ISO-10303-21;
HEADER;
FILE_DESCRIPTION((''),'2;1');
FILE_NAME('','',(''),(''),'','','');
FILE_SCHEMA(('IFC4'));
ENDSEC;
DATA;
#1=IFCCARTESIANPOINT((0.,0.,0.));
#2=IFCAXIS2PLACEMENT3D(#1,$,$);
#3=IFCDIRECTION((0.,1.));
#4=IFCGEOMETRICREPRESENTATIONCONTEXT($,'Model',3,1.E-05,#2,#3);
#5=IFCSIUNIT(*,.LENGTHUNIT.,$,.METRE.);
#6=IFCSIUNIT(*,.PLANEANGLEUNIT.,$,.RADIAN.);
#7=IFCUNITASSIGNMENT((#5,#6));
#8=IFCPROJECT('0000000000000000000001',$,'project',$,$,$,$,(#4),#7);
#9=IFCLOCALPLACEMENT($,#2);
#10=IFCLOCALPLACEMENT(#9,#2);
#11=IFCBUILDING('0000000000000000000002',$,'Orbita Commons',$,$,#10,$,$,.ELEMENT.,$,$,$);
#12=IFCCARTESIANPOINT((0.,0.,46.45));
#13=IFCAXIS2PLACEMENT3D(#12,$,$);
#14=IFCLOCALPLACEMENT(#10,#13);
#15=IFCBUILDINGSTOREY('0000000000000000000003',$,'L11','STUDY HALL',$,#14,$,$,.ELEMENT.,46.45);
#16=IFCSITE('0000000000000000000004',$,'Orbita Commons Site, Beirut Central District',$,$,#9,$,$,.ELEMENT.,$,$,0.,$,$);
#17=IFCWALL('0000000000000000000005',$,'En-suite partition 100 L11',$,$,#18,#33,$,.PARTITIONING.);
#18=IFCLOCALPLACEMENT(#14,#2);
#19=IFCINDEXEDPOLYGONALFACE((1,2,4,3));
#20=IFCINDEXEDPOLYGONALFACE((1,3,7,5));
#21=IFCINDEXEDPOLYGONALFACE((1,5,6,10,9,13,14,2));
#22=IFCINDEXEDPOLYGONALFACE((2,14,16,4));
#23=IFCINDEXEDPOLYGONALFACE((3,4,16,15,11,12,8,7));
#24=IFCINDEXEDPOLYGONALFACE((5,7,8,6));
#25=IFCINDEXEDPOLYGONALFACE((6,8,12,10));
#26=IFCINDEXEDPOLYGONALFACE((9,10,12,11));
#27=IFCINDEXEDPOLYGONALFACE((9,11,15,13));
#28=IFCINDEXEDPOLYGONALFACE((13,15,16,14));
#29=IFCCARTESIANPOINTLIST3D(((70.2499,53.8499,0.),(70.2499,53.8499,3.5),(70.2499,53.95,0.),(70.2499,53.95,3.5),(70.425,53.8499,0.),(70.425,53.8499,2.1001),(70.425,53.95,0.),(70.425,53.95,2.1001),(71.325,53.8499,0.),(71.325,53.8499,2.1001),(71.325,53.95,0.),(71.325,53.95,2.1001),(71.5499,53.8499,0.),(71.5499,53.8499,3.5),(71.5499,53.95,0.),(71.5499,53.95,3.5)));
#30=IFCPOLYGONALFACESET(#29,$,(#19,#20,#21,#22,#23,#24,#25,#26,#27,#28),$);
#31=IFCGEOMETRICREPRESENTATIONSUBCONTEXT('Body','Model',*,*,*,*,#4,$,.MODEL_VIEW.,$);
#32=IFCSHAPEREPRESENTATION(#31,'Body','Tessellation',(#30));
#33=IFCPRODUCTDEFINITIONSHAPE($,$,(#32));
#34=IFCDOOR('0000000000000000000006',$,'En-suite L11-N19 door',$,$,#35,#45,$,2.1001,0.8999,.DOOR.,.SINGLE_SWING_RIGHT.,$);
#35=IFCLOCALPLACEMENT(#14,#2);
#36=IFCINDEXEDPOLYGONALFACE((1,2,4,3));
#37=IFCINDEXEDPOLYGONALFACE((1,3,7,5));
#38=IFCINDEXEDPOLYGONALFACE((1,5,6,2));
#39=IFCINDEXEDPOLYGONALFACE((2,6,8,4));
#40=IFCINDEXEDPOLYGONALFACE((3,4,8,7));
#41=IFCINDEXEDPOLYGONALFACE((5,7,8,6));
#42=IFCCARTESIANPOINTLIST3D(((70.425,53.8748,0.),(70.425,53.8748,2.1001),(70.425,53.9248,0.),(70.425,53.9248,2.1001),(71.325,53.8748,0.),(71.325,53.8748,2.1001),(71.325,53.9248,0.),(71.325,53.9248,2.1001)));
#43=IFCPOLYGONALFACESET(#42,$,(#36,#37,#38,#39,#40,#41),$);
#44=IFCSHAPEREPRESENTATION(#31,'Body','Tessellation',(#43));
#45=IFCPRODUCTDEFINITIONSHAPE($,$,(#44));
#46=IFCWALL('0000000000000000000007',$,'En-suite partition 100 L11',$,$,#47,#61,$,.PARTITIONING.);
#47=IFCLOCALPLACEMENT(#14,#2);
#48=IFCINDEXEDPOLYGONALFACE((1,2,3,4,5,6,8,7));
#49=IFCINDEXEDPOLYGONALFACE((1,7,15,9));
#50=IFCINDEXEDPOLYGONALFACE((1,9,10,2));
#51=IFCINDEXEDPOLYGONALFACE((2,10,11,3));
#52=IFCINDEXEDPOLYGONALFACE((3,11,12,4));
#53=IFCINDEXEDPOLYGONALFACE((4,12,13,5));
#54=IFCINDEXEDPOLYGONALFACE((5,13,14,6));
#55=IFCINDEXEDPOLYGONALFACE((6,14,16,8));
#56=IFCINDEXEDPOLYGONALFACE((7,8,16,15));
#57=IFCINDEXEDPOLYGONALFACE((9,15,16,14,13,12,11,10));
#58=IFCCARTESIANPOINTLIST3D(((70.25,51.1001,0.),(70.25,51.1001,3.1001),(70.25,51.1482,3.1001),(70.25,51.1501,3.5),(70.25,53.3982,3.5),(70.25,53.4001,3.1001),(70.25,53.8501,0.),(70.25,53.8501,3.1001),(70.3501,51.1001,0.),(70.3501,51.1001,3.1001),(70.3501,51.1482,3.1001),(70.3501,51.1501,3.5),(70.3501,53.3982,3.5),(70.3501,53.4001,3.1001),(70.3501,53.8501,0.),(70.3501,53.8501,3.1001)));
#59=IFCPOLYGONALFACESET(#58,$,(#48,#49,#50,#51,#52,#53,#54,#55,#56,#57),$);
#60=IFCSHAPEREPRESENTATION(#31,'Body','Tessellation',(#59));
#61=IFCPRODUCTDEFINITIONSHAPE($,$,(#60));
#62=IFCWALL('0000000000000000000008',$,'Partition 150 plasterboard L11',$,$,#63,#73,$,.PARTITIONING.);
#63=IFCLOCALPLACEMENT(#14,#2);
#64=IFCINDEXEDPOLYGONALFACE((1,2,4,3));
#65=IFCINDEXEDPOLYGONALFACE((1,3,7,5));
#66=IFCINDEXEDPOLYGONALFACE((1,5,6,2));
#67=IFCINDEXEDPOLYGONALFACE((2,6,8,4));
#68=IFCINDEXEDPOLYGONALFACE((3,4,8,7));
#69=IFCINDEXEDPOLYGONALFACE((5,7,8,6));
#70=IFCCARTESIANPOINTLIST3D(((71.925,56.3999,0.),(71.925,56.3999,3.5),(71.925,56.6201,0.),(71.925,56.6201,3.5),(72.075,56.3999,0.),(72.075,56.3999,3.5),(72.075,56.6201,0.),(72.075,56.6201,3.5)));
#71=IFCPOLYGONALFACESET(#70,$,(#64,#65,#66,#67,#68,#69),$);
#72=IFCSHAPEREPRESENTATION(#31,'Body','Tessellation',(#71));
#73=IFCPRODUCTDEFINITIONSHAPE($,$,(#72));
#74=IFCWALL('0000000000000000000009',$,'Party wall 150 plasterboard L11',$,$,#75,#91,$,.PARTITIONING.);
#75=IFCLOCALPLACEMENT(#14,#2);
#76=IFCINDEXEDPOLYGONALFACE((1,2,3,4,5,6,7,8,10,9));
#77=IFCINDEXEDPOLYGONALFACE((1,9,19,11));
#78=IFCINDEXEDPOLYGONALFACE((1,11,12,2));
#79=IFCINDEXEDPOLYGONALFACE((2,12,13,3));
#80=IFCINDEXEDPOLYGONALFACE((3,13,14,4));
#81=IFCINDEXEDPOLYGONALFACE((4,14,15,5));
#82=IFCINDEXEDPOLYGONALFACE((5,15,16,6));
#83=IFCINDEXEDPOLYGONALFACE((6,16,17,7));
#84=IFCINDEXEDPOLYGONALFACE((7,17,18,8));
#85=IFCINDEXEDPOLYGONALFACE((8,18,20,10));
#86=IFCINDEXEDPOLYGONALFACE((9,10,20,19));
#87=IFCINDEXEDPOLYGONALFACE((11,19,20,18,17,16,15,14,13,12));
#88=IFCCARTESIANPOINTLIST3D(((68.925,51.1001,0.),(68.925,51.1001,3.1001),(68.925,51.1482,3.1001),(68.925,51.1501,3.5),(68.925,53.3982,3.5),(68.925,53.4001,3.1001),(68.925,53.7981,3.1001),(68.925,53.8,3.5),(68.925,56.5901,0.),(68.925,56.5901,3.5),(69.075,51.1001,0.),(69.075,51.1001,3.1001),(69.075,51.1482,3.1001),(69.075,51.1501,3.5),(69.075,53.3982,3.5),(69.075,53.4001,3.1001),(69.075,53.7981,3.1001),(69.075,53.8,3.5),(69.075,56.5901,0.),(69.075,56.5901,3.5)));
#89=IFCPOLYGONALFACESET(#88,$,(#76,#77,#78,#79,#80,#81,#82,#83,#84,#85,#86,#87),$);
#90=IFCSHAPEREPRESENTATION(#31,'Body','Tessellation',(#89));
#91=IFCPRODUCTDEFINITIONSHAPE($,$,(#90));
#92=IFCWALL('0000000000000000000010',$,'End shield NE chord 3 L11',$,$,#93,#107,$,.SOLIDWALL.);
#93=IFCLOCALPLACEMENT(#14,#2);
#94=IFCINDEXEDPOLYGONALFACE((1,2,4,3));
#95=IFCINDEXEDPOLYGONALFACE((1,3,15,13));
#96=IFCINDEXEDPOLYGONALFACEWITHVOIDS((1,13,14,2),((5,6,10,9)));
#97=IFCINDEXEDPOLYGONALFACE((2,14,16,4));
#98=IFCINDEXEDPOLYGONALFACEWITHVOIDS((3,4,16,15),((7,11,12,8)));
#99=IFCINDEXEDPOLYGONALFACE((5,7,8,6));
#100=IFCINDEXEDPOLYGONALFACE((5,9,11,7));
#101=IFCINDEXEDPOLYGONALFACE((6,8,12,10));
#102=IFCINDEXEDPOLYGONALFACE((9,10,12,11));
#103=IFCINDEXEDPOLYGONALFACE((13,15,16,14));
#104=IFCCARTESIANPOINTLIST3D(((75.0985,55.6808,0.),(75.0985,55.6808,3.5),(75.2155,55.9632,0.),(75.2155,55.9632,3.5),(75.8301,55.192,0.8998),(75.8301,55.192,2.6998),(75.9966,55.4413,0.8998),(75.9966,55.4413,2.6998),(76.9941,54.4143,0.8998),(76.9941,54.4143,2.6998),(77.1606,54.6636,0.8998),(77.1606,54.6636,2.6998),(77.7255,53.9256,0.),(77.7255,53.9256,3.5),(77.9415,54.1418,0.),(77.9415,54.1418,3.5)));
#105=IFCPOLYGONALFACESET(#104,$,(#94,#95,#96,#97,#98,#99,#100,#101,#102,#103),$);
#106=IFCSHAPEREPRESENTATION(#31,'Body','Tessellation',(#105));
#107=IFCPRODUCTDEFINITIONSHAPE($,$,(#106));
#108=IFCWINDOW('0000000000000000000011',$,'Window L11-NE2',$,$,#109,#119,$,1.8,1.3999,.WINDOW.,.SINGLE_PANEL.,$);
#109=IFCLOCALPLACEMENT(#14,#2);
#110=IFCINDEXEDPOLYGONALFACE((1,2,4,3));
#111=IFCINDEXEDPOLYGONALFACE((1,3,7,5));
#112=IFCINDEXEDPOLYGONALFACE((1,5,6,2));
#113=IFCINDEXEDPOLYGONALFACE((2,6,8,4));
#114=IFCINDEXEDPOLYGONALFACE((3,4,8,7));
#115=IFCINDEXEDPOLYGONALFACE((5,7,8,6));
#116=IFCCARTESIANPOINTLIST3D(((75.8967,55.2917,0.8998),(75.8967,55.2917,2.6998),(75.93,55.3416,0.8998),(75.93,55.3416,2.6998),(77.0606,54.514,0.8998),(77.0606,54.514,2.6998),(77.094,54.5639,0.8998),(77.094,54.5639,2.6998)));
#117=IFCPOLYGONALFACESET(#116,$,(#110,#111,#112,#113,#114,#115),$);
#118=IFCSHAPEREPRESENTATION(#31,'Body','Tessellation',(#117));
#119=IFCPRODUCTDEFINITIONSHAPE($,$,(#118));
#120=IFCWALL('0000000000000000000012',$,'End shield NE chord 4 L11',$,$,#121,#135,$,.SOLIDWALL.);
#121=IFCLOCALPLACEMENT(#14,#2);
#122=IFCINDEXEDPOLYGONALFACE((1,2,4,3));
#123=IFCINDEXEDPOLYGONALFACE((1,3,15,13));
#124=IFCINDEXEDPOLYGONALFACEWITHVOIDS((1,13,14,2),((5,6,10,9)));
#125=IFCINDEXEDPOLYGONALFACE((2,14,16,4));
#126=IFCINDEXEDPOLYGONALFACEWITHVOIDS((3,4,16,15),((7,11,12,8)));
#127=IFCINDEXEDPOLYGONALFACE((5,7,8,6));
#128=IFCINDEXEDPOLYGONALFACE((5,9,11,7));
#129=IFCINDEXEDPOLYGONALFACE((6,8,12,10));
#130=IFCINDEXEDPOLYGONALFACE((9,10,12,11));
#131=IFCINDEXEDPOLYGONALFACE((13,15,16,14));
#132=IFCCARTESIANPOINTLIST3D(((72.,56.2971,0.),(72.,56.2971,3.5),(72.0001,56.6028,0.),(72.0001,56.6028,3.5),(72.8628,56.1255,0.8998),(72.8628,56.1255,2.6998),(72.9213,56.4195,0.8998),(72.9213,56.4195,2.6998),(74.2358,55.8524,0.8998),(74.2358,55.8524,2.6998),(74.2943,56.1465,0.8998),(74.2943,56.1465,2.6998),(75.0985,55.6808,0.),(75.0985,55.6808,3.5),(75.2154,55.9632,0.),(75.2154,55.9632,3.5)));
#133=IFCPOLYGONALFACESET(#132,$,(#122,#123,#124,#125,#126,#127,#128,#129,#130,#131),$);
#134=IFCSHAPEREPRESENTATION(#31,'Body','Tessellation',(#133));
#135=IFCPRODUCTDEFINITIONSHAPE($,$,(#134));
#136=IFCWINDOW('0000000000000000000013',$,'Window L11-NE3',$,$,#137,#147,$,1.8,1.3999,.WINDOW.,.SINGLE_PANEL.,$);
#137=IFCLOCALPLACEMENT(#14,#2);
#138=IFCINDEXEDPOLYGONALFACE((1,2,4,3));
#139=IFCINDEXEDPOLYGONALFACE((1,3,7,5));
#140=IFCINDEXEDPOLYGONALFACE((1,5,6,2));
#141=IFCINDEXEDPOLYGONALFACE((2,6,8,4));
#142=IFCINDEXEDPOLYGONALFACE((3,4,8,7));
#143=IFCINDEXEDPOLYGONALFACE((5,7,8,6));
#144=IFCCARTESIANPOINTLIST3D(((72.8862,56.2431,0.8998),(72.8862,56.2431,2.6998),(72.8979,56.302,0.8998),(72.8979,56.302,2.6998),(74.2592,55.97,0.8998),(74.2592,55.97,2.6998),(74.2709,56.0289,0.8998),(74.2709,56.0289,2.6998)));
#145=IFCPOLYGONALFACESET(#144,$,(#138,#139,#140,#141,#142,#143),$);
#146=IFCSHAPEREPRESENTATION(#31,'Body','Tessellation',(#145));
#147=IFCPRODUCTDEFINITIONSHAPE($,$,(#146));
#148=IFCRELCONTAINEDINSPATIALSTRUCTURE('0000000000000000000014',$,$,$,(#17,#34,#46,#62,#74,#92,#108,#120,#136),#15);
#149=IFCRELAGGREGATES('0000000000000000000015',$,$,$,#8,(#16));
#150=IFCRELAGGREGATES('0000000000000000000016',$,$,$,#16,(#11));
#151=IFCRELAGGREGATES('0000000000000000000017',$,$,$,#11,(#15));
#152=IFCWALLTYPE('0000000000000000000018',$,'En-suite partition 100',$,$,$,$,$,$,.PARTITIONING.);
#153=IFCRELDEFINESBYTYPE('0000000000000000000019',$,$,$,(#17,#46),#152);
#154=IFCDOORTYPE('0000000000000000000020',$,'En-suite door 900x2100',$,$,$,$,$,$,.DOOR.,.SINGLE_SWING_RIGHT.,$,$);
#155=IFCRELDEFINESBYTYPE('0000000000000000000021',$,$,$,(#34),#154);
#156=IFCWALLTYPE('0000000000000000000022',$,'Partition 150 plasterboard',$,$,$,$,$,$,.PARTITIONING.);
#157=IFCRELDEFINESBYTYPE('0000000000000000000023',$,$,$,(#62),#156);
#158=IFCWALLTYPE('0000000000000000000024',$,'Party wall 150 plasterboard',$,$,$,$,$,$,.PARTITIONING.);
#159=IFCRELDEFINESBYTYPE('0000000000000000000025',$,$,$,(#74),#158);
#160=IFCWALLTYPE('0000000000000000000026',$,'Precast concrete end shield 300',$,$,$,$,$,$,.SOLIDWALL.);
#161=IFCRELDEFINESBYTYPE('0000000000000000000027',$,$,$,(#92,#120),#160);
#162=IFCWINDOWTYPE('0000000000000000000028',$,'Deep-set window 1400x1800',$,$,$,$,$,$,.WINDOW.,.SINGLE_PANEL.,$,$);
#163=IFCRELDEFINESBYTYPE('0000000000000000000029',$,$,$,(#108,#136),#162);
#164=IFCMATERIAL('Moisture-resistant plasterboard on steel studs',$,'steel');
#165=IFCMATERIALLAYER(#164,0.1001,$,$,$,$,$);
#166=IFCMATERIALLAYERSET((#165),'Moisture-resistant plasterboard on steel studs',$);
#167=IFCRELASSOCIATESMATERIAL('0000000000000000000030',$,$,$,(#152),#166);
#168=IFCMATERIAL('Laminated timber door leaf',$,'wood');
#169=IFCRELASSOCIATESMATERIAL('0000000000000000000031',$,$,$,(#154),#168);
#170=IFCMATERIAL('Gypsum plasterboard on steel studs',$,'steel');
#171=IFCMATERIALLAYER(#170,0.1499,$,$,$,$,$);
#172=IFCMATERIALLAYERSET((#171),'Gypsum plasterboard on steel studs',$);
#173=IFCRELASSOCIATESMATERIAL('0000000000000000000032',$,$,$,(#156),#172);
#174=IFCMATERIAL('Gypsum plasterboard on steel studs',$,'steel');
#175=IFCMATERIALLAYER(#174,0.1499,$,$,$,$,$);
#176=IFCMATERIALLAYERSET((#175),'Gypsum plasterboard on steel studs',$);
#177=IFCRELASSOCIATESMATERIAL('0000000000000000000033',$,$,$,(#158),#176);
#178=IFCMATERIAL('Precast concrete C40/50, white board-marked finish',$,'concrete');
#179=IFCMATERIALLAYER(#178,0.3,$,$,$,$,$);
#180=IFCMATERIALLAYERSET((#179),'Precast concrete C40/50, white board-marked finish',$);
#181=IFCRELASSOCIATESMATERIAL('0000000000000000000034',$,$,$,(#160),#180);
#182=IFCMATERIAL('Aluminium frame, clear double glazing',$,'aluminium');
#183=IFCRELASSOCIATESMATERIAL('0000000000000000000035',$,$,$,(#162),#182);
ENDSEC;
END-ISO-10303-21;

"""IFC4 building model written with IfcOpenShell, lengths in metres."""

from ifc_helpers import new_model, si_unit, direction, frame, frame_2d, origin, place, context, subcontext, project, spatial, polyline, rectangle, outline, extrude, material, layer, layer_set, type_object, element, fill, save


model = new_model("IFC4")

# Units and contexts
model_context = context("Model", 3, precision=1e-05, world=origin(), true_north=direction((0.0, 1.0)))
body_context = subcontext(model_context, "Body", "Model", "MODEL_VIEW")
ifc_project = project(units=[si_unit("LENGTHUNIT", "METRE"), si_unit("PLANEANGLEUNIT", "RADIAN")], contexts=[model_context])

# Site, building, storey
site_placement = place(None, origin())
site = spatial("IfcSite", under=ifc_project, at=site_placement, Name="Orbita Commons Site, Beirut Central District", CompositionType="ELEMENT", RefElevation=0.0)
building_placement = place(site_placement, origin())
building = spatial("IfcBuilding", under=site, at=building_placement, Name="Orbita Commons", CompositionType="ELEMENT")
storey_placement = place(building_placement, frame((0.0, 0.0, 46.45)))
storey = spatial("IfcBuildingStorey", under=building, at=storey_placement, Name="L11", Description="STUDY HALL", CompositionType="ELEMENT", Elevation=46.45)

# Wall, opening, door
ifc_material_1 = material(Name="Moisture-resistant plasterboard on steel studs", Category="steel")
ifc_layer_1 = layer(ifc_material_1, 0.1001)
ifc_layer_set_1 = layer_set([ifc_layer_1], Name="Moisture-resistant plasterboard on steel studs")
wall_type_1 = type_object("IfcWallType", Name="En-suite partition 100", PredefinedType="PARTITIONING", material=ifc_layer_set_1)
ifc_material_2 = material(Name="Laminated timber door leaf", Category="wood")
door_type = type_object("IfcDoorType", Name="En-suite door 900x2100", OperationType="SINGLE_SWING_RIGHT", PredefinedType="DOOR", material=ifc_material_2)
wall_1_placement = place(storey_placement, frame((70.25, 53.8999, 0.0), z_axis=(0.0, 0.0, 1.0), x_axis=(1.0, 0.0, 0.0)))
wall_1 = element("IfcWall", 1, at=wall_1_placement, inside=storey, type_object=wall_type_1, Name="En-suite partition 100 L11", PredefinedType="PARTITIONING", context=body_context, shape_type="SweptSolid", body=[
    extrude(rectangle(XDim=1.3, YDim=0.1001, at=frame_2d((0.6499, 0.0))), origin(), (0.0, 0.0, 1.0), 3.5),
])
opening_1_placement = place(wall_1_placement, frame((0.175, 0.0, 0.0)))
opening_1 = element("IfcOpeningElement", 2, at=opening_1_placement, cuts=wall_1, PredefinedType="OPENING", context=body_context, shape_type="SweptSolid", body=[
    extrude(rectangle(XDim=0.8999, YDim=2.1001, at=frame_2d((0.45, 1.05))), frame((0.0, 0.0601, 0.0), z_axis=(0.0, -1.0, 0.0), x_axis=(1.0, 0.0, 0.0)), (0.0, 0.0, 1.0), 0.1201),
])
door_1_placement = place(opening_1_placement, origin())
door_1 = element("IfcDoor", 3, at=door_1_placement, inside=storey, type_object=door_type, Name="En-suite L11-N19 door", OperationType="SINGLE_SWING_RIGHT", OverallHeight=2.1001, OverallWidth=0.8999, PredefinedType="DOOR", context=body_context, shape_type="SweptSolid", body=[
    extrude(rectangle(XDim=0.8999, YDim=2.1001, at=frame_2d((0.45, 1.05))), frame((0.0, 0.0249, 0.0), z_axis=(0.0, -1.0, 0.0), x_axis=(1.0, 0.0, 0.0)), (0.0, 0.0, 1.0), 0.05),
])
fill(opening_1, door_1)

# Walls
wall_2_placement = place(storey_placement, frame((70.3, 53.8501, 0.0), z_axis=(0.0, 0.0, 1.0), x_axis=(0.0, -1.0, 0.0)))
element("IfcWall", 4, at=wall_2_placement, inside=storey, type_object=wall_type_1, Name="En-suite partition 100 L11", PredefinedType="PARTITIONING", context=body_context, shape_type="SweptSolid", body=[
    extrude(outline(polyline([(0.0, 0.0), (2.75, 0.0), (2.75, 3.1001), (2.7019, 3.1001), (2.7, 3.5), (0.4519, 3.5), (0.45, 3.1001), (0.0, 3.1001), (0.0, 0.0)])), frame((0.0, 0.05, 0.0), z_axis=(0.0, -1.0, 0.0), x_axis=(1.0, 0.0, 0.0)), (0.0, 0.0, 1.0), 0.1001),
])
ifc_material_3 = material(Name="Gypsum plasterboard on steel studs", Category="steel")
ifc_layer_2 = layer(ifc_material_3, 0.1499)
ifc_layer_set_2 = layer_set([ifc_layer_2], Name="Gypsum plasterboard on steel studs")
wall_type_2 = type_object("IfcWallType", Name="Partition 150 plasterboard", PredefinedType="PARTITIONING", material=ifc_layer_set_2)
wall_3_placement = place(storey_placement, frame((72.0, 56.3999, 0.0), z_axis=(0.0, 0.0, 1.0), x_axis=(0.0, 1.0, 0.0)))
element("IfcWall", 5, at=wall_3_placement, inside=storey, type_object=wall_type_2, Name="Partition 150 plasterboard L11", PredefinedType="PARTITIONING", context=body_context, shape_type="SweptSolid", body=[
    extrude(rectangle(XDim=0.2202, YDim=0.1499, at=frame_2d((0.1101, 0.0))), origin(), (0.0, 0.0, 1.0), 3.5),
])
ifc_material_4 = material(Name="Gypsum plasterboard on steel studs", Category="steel")
ifc_layer_3 = layer(ifc_material_4, 0.1499)
ifc_layer_set_3 = layer_set([ifc_layer_3], Name="Gypsum plasterboard on steel studs")
wall_type_3 = type_object("IfcWallType", Name="Party wall 150 plasterboard", PredefinedType="PARTITIONING", material=ifc_layer_set_3)
wall_4_placement = place(storey_placement, frame((69.0, 56.5901, 0.0), z_axis=(0.0, 0.0, 1.0), x_axis=(0.0, -1.0, 0.0)))
element("IfcWall", 6, at=wall_4_placement, inside=storey, type_object=wall_type_3, Name="Party wall 150 plasterboard L11", PredefinedType="PARTITIONING", context=body_context, shape_type="SweptSolid", body=[
    extrude(outline(polyline([(0.0, 0.0), (5.49, 0.0), (5.49, 3.1001), (5.4419, 3.1001), (5.4399, 3.5), (3.1919, 3.5), (3.1899, 3.1001), (2.792, 3.1001), (2.79, 3.5), (0.0, 3.5), (0.0, 0.0)])), frame((0.0, 0.075, 0.0), z_axis=(0.0, -1.0, 0.0), x_axis=(1.0, 0.0, 0.0)), (0.0, 0.0, 1.0), 0.1499),
])

# Walls, openings, windows
ifc_material_5 = material(Name="Precast concrete C40/50, white board-marked finish", Category="concrete")
ifc_layer_4 = layer(ifc_material_5, 0.3)
ifc_layer_set_4 = layer_set([ifc_layer_4], Name="Precast concrete C40/50, white board-marked finish")
wall_type_4 = type_object("IfcWallType", Name="Precast concrete end shield 300", PredefinedType="SOLIDWALL", material=ifc_layer_set_4)
wall_5_placement = place(storey_placement, frame((77.8335, 54.0337, 0.0), z_axis=(0.0, 0.0, 1.0), x_axis=(-0.831478, 0.555558, 0.0)))
wall_5 = element("IfcWall", 7, at=wall_5_placement, inside=storey, type_object=wall_type_4, Name="End shield NE chord 3 L11", PredefinedType="SOLIDWALL", context=body_context, shape_type="SweptSolid", body=[
    extrude(outline(polyline([(-0.0298, -0.1499), (3.2488, -0.1499), (3.1892, 0.1499), (0.0298, 0.1499), (-0.0298, -0.1499)])), origin(), (0.0, 0.0, 1.0), 3.5),
])
opening_2_placement = place(wall_5_placement, frame((0.9094, 0.0, 0.8999)))
opening_2 = element("IfcOpeningElement", 8, at=opening_2_placement, cuts=wall_5, PredefinedType="OPENING", context=body_context, shape_type="SweptSolid", body=[
    extrude(rectangle(XDim=1.3999, YDim=1.8, at=frame_2d((0.7, 0.8999))), frame((0.0, 0.1599, 0.0), z_axis=(0.0, -1.0, 0.0), x_axis=(1.0, 0.0, 0.0)), (0.0, 0.0, 1.0), 0.3201),
])
ifc_material_6 = material(Name="Aluminium frame, clear double glazing", Category="aluminium")
window_type = type_object("IfcWindowType", Name="Deep-set window 1400x1800", PartitioningType="SINGLE_PANEL", PredefinedType="WINDOW", material=ifc_material_6)
window_1_placement = place(opening_2_placement, origin())
window_1 = element("IfcWindow", 9, at=window_1_placement, inside=storey, type_object=window_type, Name="Window L11-NE2", OverallHeight=1.8, OverallWidth=1.3999, PartitioningType="SINGLE_PANEL", PredefinedType="WINDOW", context=body_context, shape_type="SweptSolid", body=[
    extrude(rectangle(XDim=1.3999, YDim=1.8, at=frame_2d((0.7, 0.8999))), frame((0.0, 0.03, 0.0), z_axis=(0.0, -1.0, 0.0), x_axis=(1.0, 0.0, 0.0)), (0.0, 0.0, 1.0), 0.0601),
])
fill(opening_2, window_1)
wall_6_placement = place(storey_placement, frame((75.157, 55.822, 0.0), z_axis=(0.0, 0.0, 1.0), x_axis=(-0.980787, 0.19508, 0.0)))
wall_6 = element("IfcWall", 10, at=wall_6_placement, inside=storey, type_object=wall_type_4, Name="End shield NE chord 4 L11", PredefinedType="SOLIDWALL", context=body_context, shape_type="SweptSolid", body=[
    extrude(outline(polyline([(-0.0298, -0.1499), (3.2485, -0.1499), (3.189, 0.1499), (0.0298, 0.1499), (-0.0298, -0.1499)])), origin(), (0.0, 0.0, 1.0), 3.5),
])
opening_3_placement = place(wall_6_placement, frame((0.9094, 0.0, 0.8999)))
opening_3 = element("IfcOpeningElement", 11, at=opening_3_placement, cuts=wall_6, PredefinedType="OPENING", context=body_context, shape_type="SweptSolid", body=[
    extrude(rectangle(XDim=1.3999, YDim=1.8, at=frame_2d((0.7, 0.8999))), frame((0.0, 0.1599, 0.0), z_axis=(0.0, -1.0, 0.0), x_axis=(1.0, 0.0, 0.0)), (0.0, 0.0, 1.0), 0.3201),
])
window_2_placement = place(opening_3_placement, origin())
window_2 = element("IfcWindow", 12, at=window_2_placement, inside=storey, type_object=window_type, Name="Window L11-NE3", OverallHeight=1.8, OverallWidth=1.3999, PartitioningType="SINGLE_PANEL", PredefinedType="WINDOW", context=body_context, shape_type="SweptSolid", body=[
    extrude(rectangle(XDim=1.3999, YDim=1.8, at=frame_2d((0.7, 0.8999))), frame((0.0, 0.03, 0.0), z_axis=(0.0, -1.0, 0.0), x_axis=(1.0, 0.0, 0.0)), (0.0, 0.0, 1.0), 0.0601),
])
fill(opening_3, window_2)

save(model, "model.ifc")
